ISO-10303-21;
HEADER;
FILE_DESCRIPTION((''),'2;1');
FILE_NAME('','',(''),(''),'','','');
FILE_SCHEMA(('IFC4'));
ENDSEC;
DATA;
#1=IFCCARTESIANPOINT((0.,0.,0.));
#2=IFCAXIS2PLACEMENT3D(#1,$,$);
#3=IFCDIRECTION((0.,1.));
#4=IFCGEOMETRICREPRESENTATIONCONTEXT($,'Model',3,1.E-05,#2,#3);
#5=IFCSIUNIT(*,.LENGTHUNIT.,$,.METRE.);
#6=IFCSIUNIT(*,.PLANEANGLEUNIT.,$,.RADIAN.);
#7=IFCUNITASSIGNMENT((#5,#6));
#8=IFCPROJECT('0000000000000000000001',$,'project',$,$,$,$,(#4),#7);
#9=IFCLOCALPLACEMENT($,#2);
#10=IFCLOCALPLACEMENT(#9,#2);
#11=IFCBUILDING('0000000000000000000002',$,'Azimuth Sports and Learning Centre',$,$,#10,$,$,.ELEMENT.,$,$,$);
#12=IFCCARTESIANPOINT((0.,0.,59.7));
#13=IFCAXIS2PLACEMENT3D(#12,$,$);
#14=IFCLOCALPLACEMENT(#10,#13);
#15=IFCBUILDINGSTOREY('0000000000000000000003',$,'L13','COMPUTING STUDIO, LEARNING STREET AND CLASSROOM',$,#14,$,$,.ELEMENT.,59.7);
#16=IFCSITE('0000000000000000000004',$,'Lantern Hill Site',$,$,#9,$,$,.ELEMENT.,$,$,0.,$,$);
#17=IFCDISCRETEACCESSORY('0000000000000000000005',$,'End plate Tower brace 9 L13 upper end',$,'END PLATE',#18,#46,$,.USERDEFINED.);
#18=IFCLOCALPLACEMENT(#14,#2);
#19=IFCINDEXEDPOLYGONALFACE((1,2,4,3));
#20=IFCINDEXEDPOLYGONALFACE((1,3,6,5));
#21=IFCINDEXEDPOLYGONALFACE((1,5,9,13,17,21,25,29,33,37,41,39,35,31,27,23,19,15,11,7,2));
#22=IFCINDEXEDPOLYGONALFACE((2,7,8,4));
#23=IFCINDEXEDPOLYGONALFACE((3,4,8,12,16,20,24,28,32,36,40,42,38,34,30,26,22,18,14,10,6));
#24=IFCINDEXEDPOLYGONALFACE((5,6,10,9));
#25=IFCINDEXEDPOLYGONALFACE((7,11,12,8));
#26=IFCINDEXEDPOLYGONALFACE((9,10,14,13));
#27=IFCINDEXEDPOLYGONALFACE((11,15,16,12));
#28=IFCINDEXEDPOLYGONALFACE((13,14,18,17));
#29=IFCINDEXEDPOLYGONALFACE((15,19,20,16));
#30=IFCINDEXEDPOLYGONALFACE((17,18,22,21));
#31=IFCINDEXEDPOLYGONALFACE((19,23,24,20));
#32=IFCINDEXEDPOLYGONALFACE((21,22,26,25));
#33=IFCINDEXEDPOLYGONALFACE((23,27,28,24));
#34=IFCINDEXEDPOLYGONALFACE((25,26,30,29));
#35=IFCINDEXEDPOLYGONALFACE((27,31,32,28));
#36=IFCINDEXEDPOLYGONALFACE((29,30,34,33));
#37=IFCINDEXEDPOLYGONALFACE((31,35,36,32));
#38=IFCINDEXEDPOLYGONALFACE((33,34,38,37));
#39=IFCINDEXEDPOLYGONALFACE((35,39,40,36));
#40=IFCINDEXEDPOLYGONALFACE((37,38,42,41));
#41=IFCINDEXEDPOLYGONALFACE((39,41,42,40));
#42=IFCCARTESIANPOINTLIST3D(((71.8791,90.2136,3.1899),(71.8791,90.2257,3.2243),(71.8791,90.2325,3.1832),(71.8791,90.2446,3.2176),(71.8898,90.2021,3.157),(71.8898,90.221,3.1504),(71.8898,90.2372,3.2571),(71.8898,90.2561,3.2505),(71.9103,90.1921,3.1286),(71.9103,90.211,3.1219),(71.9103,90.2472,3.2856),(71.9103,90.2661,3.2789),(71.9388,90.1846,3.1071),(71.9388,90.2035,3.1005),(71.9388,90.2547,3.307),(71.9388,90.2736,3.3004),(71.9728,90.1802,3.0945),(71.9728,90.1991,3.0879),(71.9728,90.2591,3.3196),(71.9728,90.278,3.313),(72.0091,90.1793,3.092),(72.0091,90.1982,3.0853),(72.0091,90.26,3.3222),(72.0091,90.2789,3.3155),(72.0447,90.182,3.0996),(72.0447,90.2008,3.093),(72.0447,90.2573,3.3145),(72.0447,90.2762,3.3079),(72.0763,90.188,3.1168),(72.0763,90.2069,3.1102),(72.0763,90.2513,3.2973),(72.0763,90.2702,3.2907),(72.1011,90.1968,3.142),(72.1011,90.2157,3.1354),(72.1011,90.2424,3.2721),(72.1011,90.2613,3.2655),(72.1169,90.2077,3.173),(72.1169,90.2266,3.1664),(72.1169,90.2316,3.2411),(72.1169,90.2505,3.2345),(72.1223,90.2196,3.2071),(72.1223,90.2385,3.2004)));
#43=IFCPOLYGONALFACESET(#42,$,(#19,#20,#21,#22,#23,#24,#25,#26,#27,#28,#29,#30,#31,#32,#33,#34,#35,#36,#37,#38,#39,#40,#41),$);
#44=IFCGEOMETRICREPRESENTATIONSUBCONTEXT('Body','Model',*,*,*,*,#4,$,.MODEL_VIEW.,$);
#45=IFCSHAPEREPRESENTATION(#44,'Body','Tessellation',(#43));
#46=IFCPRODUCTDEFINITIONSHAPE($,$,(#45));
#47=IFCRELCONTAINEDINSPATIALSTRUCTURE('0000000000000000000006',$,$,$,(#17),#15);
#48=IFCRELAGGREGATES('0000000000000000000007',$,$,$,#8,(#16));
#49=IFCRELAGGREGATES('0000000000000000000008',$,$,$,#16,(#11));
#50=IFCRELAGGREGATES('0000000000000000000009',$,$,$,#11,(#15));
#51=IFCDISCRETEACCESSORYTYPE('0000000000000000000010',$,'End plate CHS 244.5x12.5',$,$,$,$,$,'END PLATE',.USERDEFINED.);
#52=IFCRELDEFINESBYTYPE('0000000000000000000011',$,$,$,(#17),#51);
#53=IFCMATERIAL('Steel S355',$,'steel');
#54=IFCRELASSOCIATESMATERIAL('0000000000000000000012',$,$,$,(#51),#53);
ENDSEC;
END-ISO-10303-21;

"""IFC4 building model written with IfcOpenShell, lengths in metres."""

from ifc_helpers import new_model, si_unit, direction, frame, origin, origin_2d, place, context, subcontext, project, spatial, circle, extrude, material, material_profile, profile_set, type_object, element, save


model = new_model("IFC4")

# Units and contexts
model_context = context("Model", 3, precision=1e-05, world=origin(), true_north=direction((0.0, 1.0)))
body_context = subcontext(model_context, "Body", "Model", "MODEL_VIEW")
ifc_project = project(units=[si_unit("LENGTHUNIT", "METRE"), si_unit("PLANEANGLEUNIT", "RADIAN")], contexts=[model_context])

# Site, building, storey
site_placement = place(None, origin())
site = spatial("IfcSite", under=ifc_project, at=site_placement, Name="Lantern Hill Site", CompositionType="ELEMENT", RefElevation=0.0)
building_placement = place(site_placement, origin())
building = spatial("IfcBuilding", under=site, at=building_placement, Name="Azimuth Sports and Learning Centre", CompositionType="ELEMENT")
storey_placement = place(building_placement, frame((0.0, 0.0, 59.7)))
storey = spatial("IfcBuildingStorey", under=building, at=storey_placement, Name="L13", Description="COMPUTING STUDIO, LEARNING STREET AND CLASSROOM", CompositionType="ELEMENT", Elevation=59.7)

# Discrete accessory
ifc_material_1 = material(Name="Steel S355", Category="steel")
ifc_material_profile_1 = material_profile(ifc_material_1, circle(Radius=0.1223, at=origin_2d()), Name="PL 244 DISC")
ifc_profile_set_1 = profile_set([ifc_material_profile_1], Name="Steel S355")
discrete_accessory_type = type_object("IfcDiscreteAccessoryType", Name="End plate CHS 244.5x12.5", ElementType="END PLATE", PredefinedType="USERDEFINED", material=ifc_profile_set_1)
discrete_accessory_1_placement = place(storey_placement, frame((72.0, 90.2385, 3.2004), z_axis=(0.0, -0.943667, 0.330896), x_axis=(1.0, 0.0, 0.0)))
element("IfcDiscreteAccessory", 1, at=discrete_accessory_1_placement, inside=storey, type_object=discrete_accessory_type, Name="End plate Tower brace 9 L13 upper end", ObjectType="END PLATE", PredefinedType="USERDEFINED", context=body_context, shape_type="SweptSolid", body=[
    extrude(circle(Radius=0.1223, at=origin_2d()), origin(), (0.0, 0.0, 1.0), 0.02),
])

save(model, "model.ifc")
